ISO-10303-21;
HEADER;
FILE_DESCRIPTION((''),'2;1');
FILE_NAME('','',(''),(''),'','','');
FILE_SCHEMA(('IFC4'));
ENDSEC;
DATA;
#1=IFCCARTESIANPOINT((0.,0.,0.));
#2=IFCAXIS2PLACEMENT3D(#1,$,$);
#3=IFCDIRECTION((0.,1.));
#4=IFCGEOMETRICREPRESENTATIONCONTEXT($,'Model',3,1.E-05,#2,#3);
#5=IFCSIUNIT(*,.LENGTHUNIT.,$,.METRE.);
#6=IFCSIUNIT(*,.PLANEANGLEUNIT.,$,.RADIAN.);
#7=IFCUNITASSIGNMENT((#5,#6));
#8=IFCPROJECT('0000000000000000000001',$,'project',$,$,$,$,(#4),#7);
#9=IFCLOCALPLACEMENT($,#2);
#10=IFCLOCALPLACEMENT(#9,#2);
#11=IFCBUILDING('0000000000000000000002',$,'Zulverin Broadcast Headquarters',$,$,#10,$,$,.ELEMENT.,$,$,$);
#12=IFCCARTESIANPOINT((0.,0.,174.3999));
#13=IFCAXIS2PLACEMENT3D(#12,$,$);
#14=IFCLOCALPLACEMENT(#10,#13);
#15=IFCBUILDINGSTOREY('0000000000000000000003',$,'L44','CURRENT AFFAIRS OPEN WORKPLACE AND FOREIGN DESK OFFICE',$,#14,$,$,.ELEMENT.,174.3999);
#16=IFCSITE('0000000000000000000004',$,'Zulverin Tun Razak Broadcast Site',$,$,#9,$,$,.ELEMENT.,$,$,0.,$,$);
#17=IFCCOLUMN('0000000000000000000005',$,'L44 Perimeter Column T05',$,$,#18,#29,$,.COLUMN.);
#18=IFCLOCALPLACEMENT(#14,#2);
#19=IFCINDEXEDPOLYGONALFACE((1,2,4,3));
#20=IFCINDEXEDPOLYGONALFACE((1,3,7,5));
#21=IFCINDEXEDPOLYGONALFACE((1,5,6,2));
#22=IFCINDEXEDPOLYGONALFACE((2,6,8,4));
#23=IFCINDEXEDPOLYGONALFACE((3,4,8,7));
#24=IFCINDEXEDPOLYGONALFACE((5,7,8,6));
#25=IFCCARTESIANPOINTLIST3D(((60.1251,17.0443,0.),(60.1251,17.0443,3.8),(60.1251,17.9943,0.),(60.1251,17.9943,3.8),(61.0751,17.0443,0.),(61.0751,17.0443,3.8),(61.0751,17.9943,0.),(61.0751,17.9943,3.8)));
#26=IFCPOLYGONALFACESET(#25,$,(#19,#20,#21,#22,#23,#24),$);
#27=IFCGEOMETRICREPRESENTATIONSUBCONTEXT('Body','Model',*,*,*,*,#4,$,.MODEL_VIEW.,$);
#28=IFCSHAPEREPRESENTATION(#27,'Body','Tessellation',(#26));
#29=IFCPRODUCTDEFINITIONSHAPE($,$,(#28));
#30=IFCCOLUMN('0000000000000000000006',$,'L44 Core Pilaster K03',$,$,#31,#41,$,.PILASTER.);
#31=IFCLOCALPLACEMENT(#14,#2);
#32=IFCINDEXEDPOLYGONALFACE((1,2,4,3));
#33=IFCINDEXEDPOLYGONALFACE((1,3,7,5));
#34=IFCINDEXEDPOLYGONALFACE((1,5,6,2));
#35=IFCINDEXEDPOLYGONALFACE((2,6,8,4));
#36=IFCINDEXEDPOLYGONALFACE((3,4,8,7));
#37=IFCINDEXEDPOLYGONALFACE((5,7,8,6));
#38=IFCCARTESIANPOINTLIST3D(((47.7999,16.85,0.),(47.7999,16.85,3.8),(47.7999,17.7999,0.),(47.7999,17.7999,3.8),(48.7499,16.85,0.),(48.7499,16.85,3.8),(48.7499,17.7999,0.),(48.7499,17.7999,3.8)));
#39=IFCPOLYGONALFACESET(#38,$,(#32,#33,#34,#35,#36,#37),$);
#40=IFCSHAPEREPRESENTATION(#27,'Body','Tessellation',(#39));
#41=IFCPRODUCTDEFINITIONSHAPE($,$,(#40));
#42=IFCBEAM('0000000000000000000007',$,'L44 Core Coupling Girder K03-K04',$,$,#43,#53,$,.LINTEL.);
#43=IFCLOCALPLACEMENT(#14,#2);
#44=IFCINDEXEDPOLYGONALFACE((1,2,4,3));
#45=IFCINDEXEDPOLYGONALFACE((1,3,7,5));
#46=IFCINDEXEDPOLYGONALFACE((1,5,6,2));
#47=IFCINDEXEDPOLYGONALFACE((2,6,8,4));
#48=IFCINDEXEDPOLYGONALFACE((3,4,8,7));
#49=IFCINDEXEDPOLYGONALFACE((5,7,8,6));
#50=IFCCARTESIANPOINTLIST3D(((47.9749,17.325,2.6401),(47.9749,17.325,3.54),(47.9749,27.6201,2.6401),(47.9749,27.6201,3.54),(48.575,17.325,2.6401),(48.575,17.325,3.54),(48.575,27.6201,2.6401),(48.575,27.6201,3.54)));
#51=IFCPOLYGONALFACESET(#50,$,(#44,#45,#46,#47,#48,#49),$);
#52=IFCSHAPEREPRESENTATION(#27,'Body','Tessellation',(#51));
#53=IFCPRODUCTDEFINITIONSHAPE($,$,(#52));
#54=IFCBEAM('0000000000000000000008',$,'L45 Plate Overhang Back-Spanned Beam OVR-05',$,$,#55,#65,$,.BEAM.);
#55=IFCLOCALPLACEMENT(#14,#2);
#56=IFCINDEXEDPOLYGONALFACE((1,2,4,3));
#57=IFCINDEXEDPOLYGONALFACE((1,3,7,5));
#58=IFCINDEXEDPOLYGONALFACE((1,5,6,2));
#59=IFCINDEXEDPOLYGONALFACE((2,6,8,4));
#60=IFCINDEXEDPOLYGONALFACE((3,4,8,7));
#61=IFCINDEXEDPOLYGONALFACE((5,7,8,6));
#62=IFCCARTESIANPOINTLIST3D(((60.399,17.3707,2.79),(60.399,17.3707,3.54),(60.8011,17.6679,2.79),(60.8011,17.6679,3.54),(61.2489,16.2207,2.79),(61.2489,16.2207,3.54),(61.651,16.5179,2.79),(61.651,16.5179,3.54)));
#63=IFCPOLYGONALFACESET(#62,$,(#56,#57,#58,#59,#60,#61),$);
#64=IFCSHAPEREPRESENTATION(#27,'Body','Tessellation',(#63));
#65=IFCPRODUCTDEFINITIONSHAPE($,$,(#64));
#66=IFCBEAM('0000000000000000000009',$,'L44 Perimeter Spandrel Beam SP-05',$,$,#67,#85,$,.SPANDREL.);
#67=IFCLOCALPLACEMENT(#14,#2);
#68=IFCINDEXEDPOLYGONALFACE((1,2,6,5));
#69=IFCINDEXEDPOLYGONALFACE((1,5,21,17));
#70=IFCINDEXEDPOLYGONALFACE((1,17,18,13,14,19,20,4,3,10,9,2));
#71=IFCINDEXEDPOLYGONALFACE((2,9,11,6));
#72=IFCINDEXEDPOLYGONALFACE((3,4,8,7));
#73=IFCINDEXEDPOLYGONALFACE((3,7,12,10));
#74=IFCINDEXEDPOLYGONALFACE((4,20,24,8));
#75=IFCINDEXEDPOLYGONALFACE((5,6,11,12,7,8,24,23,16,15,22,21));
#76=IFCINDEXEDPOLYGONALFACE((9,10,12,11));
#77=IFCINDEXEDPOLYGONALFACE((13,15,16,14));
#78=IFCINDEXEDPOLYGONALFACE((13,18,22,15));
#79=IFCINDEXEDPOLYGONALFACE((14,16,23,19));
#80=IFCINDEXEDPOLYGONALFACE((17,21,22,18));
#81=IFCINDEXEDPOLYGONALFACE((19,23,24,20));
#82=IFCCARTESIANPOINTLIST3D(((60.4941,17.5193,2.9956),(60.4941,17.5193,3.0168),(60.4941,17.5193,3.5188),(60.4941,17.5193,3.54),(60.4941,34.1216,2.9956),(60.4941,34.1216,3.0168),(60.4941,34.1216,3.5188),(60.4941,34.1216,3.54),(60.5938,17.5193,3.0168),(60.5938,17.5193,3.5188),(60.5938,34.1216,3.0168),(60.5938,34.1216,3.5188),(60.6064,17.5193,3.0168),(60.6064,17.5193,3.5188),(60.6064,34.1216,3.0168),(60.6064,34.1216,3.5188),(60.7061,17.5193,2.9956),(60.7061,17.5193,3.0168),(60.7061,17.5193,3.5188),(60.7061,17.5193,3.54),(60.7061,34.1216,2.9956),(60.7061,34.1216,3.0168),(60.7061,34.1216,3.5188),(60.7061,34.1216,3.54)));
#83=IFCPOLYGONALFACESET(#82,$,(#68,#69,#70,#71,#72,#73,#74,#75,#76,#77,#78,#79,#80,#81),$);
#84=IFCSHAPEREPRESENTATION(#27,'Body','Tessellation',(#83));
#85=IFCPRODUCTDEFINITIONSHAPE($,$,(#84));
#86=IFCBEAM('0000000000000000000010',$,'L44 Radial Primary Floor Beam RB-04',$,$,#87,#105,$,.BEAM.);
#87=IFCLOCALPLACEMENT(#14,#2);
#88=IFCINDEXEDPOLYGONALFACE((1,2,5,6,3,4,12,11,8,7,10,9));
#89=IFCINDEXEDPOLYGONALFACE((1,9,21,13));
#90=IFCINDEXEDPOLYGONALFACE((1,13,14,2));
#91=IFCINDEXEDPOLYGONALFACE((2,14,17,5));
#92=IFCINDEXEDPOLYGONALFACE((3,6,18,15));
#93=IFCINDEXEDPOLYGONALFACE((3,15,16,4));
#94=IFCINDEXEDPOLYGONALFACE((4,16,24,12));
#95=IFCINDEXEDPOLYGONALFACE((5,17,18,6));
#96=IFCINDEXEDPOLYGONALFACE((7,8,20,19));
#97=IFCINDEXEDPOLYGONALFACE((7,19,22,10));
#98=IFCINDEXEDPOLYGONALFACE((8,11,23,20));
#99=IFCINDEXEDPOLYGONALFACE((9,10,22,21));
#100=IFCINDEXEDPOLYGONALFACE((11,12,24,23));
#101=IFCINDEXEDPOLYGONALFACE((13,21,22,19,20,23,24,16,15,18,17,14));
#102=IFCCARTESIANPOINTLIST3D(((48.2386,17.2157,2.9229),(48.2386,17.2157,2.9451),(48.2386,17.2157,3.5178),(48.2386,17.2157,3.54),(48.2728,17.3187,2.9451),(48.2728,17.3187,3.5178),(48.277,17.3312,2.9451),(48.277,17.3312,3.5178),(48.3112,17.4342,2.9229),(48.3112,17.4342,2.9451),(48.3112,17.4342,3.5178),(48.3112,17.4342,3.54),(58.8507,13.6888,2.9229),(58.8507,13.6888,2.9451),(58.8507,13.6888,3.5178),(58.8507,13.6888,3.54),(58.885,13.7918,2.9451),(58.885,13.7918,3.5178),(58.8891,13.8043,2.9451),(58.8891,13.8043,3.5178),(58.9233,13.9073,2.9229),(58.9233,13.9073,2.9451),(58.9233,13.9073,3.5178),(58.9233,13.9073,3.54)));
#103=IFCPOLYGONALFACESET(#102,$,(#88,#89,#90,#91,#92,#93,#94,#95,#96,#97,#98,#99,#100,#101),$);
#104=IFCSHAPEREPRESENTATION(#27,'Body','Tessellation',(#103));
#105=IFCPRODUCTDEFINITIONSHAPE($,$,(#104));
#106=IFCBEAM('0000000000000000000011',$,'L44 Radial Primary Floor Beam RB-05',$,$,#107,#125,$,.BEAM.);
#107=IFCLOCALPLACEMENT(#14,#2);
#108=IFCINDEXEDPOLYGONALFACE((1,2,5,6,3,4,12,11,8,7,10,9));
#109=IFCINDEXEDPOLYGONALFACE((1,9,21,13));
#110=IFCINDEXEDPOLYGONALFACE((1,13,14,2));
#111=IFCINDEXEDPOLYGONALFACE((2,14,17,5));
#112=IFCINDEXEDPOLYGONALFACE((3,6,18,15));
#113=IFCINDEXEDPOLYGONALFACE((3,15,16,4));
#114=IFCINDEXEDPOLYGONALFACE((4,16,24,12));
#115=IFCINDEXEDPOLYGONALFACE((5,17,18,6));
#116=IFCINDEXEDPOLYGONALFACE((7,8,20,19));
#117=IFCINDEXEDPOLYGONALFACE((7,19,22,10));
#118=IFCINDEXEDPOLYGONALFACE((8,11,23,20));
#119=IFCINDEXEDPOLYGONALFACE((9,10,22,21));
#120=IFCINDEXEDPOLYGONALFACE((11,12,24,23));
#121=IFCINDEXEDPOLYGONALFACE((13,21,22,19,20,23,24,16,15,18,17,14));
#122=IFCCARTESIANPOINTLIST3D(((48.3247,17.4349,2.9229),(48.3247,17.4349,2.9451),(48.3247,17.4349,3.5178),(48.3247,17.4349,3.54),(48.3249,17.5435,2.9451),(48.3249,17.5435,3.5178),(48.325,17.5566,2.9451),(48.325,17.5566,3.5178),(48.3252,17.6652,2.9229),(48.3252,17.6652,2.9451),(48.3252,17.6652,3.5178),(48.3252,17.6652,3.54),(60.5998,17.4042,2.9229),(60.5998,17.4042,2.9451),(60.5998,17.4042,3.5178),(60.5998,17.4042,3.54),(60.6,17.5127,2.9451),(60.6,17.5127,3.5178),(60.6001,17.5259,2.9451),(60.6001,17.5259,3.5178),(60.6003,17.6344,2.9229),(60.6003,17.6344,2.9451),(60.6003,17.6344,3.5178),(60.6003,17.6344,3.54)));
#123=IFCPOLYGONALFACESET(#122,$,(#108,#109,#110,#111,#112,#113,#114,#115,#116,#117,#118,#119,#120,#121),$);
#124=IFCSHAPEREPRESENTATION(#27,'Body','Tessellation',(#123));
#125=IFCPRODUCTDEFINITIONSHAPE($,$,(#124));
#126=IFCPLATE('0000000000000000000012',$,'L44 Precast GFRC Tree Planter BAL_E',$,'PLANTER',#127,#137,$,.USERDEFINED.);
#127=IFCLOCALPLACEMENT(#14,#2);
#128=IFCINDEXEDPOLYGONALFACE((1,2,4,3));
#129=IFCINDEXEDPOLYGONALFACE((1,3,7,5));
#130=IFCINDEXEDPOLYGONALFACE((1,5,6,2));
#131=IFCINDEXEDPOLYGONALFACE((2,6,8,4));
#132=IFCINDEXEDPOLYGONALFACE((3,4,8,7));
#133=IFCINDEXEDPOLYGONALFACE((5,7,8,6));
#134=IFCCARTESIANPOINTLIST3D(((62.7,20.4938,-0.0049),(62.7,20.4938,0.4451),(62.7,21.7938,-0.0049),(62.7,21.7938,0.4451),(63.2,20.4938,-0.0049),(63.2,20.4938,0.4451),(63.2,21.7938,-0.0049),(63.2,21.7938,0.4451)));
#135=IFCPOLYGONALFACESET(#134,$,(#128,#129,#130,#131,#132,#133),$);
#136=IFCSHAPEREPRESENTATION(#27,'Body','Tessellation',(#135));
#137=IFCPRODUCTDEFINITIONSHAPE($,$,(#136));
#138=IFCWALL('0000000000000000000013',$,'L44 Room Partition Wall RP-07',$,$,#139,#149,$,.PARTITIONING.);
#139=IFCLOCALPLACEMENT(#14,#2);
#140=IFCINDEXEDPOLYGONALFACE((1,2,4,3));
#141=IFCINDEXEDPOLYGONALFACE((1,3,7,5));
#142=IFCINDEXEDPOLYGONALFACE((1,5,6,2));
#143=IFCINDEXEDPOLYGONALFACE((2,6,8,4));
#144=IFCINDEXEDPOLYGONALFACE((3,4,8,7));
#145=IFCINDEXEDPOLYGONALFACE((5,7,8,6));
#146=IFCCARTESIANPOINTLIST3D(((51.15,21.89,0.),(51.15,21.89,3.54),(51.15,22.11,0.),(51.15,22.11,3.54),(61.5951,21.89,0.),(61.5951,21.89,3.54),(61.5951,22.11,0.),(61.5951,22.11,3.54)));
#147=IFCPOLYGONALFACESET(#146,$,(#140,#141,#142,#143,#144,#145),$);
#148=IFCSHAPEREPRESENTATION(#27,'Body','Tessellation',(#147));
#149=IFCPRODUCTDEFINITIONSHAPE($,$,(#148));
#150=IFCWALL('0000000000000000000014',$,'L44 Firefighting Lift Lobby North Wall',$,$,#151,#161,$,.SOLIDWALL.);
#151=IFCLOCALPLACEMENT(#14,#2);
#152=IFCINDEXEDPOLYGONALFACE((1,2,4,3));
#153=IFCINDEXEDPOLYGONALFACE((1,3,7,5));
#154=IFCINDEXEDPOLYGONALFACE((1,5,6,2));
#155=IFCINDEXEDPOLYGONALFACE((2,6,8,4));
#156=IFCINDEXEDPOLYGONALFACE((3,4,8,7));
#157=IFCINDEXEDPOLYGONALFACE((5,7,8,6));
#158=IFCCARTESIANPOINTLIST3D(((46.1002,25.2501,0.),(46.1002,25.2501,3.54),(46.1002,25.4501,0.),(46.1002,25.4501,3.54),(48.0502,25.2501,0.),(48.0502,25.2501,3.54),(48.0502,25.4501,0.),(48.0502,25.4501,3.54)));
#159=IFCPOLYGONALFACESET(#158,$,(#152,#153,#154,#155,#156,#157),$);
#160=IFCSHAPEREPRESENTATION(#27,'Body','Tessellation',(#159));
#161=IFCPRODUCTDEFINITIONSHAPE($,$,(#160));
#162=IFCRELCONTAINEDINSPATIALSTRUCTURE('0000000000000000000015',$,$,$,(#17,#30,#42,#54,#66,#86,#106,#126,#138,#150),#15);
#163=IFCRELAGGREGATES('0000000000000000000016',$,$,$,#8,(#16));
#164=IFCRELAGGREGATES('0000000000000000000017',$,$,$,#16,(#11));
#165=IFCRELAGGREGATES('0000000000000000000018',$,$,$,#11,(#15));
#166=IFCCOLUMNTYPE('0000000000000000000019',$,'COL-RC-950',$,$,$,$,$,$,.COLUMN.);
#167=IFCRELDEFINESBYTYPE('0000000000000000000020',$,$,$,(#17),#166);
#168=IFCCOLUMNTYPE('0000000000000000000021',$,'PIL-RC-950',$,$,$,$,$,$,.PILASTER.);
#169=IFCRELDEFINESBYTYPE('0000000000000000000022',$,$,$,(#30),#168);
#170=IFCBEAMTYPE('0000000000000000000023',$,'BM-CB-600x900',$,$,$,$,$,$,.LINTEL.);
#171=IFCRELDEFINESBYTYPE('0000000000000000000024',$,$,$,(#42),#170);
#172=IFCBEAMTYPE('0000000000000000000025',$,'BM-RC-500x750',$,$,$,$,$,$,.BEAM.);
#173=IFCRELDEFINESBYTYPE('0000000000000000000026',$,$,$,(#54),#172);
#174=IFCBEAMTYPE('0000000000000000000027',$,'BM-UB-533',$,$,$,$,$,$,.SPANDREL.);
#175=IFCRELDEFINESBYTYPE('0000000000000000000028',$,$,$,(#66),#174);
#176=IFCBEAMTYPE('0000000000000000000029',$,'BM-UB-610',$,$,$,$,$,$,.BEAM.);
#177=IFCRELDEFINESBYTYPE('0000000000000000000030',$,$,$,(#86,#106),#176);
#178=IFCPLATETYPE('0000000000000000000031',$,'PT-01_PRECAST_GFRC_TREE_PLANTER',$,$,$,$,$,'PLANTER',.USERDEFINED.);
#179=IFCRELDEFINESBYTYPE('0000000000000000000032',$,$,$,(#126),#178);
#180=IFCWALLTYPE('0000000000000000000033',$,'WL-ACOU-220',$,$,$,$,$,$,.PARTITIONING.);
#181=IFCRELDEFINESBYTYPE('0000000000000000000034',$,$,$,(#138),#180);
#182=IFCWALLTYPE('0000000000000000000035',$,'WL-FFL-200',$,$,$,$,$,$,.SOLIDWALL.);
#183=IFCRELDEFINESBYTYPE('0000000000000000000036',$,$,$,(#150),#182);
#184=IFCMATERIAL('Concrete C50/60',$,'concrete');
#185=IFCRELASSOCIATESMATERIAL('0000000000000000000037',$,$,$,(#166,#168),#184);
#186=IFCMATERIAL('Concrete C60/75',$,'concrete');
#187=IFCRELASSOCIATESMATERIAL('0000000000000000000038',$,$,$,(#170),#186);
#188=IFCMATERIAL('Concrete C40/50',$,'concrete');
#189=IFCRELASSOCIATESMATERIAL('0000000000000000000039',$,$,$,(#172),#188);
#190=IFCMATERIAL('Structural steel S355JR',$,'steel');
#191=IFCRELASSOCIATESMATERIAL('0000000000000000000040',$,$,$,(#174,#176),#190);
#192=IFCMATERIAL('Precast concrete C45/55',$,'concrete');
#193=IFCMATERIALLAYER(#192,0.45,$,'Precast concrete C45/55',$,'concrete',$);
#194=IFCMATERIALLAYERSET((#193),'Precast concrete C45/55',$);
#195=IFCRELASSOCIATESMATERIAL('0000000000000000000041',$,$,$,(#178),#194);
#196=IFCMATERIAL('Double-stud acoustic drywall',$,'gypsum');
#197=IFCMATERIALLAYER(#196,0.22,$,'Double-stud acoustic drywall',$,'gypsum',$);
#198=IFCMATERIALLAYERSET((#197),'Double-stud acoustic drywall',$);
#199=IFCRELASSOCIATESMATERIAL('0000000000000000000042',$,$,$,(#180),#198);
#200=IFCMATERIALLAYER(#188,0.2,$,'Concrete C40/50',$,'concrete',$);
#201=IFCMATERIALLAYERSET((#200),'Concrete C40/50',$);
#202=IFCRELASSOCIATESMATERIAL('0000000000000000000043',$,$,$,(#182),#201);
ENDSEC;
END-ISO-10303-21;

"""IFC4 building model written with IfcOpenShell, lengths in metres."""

from ifc_helpers import new_model, si_unit, direction, frame, frame_2d, origin, origin_2d, place, context, subcontext, project, spatial, rectangle, i_section, extrude, material, layer, layer_set, material_profile, profile_set, type_object, element, save


model = new_model("IFC4")

# Units and contexts
model_context = context("Model", 3, precision=1e-05, world=origin(), true_north=direction((0.0, 1.0)))
body_context = subcontext(model_context, "Body", "Model", "MODEL_VIEW")
ifc_project = project(units=[si_unit("LENGTHUNIT", "METRE"), si_unit("PLANEANGLEUNIT", "RADIAN")], contexts=[model_context])

# Site, building, storey
site_placement = place(None, origin())
site = spatial("IfcSite", under=ifc_project, at=site_placement, Name="Zulverin Tun Razak Broadcast Site", CompositionType="ELEMENT", RefElevation=0.0)
building_placement = place(site_placement, origin())
building = spatial("IfcBuilding", under=site, at=building_placement, Name="Zulverin Broadcast Headquarters", CompositionType="ELEMENT")
storey_placement = place(building_placement, frame((0.0, 0.0, 174.3999)))
storey = spatial("IfcBuildingStorey", under=building, at=storey_placement, Name="L44", Description="CURRENT AFFAIRS OPEN WORKPLACE AND FOREIGN DESK OFFICE", CompositionType="ELEMENT", Elevation=174.3999)

# Columns
ifc_material_1 = material(Name="Concrete C50/60", Category="concrete")
ifc_material_profile_1 = material_profile(ifc_material_1, rectangle(XDim=0.95, YDim=0.95, at=origin_2d()), Name="Concrete C50/60", Category="concrete")
ifc_profile_set_1 = profile_set([ifc_material_profile_1], Name="Concrete C50/60")
column_type_1 = type_object("IfcColumnType", Name="COL-RC-950", PredefinedType="COLUMN", material=ifc_profile_set_1)
column_1_placement = place(storey_placement, frame((60.6001, 17.5193, 0.0), z_axis=(0.0, 0.0, 1.0), x_axis=(1.0, 0.0, 0.0)))
element("IfcColumn", 1, at=column_1_placement, inside=storey, type_object=column_type_1, Name="L44 Perimeter Column T05", PredefinedType="COLUMN", context=body_context, shape_type="SweptSolid", body=[
    extrude(rectangle(XDim=0.95, YDim=0.95, at=origin_2d()), origin(), (0.0, 0.0, 1.0), 3.8),
])
ifc_material_profile_2 = material_profile(ifc_material_1, rectangle(XDim=0.95, YDim=0.95, at=origin_2d()), Name="Concrete C50/60", Category="concrete")
ifc_profile_set_2 = profile_set([ifc_material_profile_2], Name="Concrete C50/60")
column_type_2 = type_object("IfcColumnType", Name="PIL-RC-950", PredefinedType="PILASTER", material=ifc_profile_set_2)
column_2_placement = place(storey_placement, frame((48.2749, 17.325, 0.0), z_axis=(0.0, 0.0, 1.0), x_axis=(1.0, 0.0, 0.0)))
element("IfcColumn", 2, at=column_2_placement, inside=storey, type_object=column_type_2, Name="L44 Core Pilaster K03", PredefinedType="PILASTER", context=body_context, shape_type="SweptSolid", body=[
    extrude(rectangle(XDim=0.95, YDim=0.95, at=origin_2d()), origin(), (0.0, 0.0, 1.0), 3.8),
])

# Beams
ifc_material_2 = material(Name="Concrete C60/75", Category="concrete")
ifc_material_profile_3 = material_profile(ifc_material_2, rectangle(XDim=0.6001, YDim=0.8999, at=origin_2d()), Name="Concrete C60/75", Category="concrete")
ifc_profile_set_3 = profile_set([ifc_material_profile_3], Name="Concrete C60/75")
beam_type_1 = type_object("IfcBeamType", Name="BM-CB-600x900", PredefinedType="LINTEL", material=ifc_profile_set_3)
beam_1_placement = place(storey_placement, frame((48.2749, 17.325, 3.0901), z_axis=(0.0, 1.0, 0.0), x_axis=(-1.0, 0.0, 0.0)))
element("IfcBeam", 3, at=beam_1_placement, inside=storey, type_object=beam_type_1, Name="L44 Core Coupling Girder K03-K04", PredefinedType="LINTEL", context=body_context, shape_type="SweptSolid", body=[
    extrude(rectangle(XDim=0.6001, YDim=0.8999, at=origin_2d()), origin(), (0.0, 0.0, 1.0), 10.2952),
])
ifc_material_3 = material(Name="Concrete C40/50", Category="concrete")
ifc_material_profile_4 = material_profile(ifc_material_3, rectangle(XDim=0.5, YDim=0.75, at=origin_2d()), Name="Concrete C40/50", Category="concrete")
ifc_profile_set_4 = profile_set([ifc_material_profile_4], Name="Concrete C40/50")
beam_type_2 = type_object("IfcBeamType", Name="BM-RC-500x750", PredefinedType="BEAM", material=ifc_profile_set_4)
beam_2_placement = place(storey_placement, frame((60.6001, 17.5193, 3.165), z_axis=(0.594357, -0.804201, 0.0), x_axis=(0.804201, 0.594357, 0.0)))
element("IfcBeam", 4, at=beam_2_placement, inside=storey, type_object=beam_type_2, Name="L45 Plate Overhang Back-Spanned Beam OVR-05", PredefinedType="BEAM", context=body_context, shape_type="SweptSolid", body=[
    extrude(rectangle(XDim=0.5, YDim=0.75, at=origin_2d()), origin(), (0.0, 0.0, 1.0), 1.4299),
])
ifc_material_4 = material(Name="Structural steel S355JR", Category="steel")
ifc_material_profile_5 = material_profile(ifc_material_4, i_section(OverallWidth=0.2119, OverallDepth=0.5444, WebThickness=0.0127, FlangeThickness=0.0212, at=origin_2d()), Name="Structural steel S355JR", Category="steel")
ifc_profile_set_5 = profile_set([ifc_material_profile_5], Name="Structural steel S355JR")
beam_type_3 = type_object("IfcBeamType", Name="BM-UB-533", PredefinedType="SPANDREL", material=ifc_profile_set_5)
beam_3_placement = place(storey_placement, frame((60.6001, 17.5193, 3.2678), z_axis=(0.0, 1.0, 0.0), x_axis=(-1.0, 0.0, 0.0)))
element("IfcBeam", 5, at=beam_3_placement, inside=storey, type_object=beam_type_3, Name="L44 Perimeter Spandrel Beam SP-05", PredefinedType="SPANDREL", context=body_context, shape_type="SweptSolid", body=[
    extrude(i_section(OverallWidth=0.2119, OverallDepth=0.5444, WebThickness=0.0127, FlangeThickness=0.0212, at=origin_2d()), origin(), (0.0, 0.0, 1.0), 16.6023),
])
ifc_material_profile_6 = material_profile(ifc_material_4, i_section(OverallWidth=0.2302, OverallDepth=0.6172, WebThickness=0.0132, FlangeThickness=0.0222, at=origin_2d()), Name="Structural steel S355JR", Category="steel")
ifc_profile_set_6 = profile_set([ifc_material_profile_6], Name="Structural steel S355JR")
beam_type_4 = type_object("IfcBeamType", Name="BM-UB-610", PredefinedType="BEAM", material=ifc_profile_set_6)
beam_4_placement = place(storey_placement, frame((48.2749, 17.325, 3.2314), z_axis=(0.948965, -0.315383, 0.0), x_axis=(0.315383, 0.948965, 0.0)))
element("IfcBeam", 6, at=beam_4_placement, inside=storey, type_object=beam_type_4, Name="L44 Radial Primary Floor Beam RB-04", PredefinedType="BEAM", context=body_context, shape_type="SweptSolid", body=[
    extrude(i_section(OverallWidth=0.2302, OverallDepth=0.6172, WebThickness=0.0132, FlangeThickness=0.0222, at=origin_2d()), origin(), (0.0, 0.0, 1.0), 11.1829),
])
beam_5_placement = place(storey_placement, frame((48.325, 17.55, 3.2314), z_axis=(0.999997, -0.002506, 0.0), x_axis=(0.002506, 0.999997, 0.0)))
element("IfcBeam", 7, at=beam_5_placement, inside=storey, type_object=beam_type_4, Name="L44 Radial Primary Floor Beam RB-05", PredefinedType="BEAM", context=body_context, shape_type="SweptSolid", body=[
    extrude(i_section(OverallWidth=0.2302, OverallDepth=0.6172, WebThickness=0.0132, FlangeThickness=0.0222, at=origin_2d()), origin(), (0.0, 0.0, 1.0), 12.2751),
])

# Plate
ifc_material_5 = material(Name="Precast concrete C45/55", Category="concrete")
ifc_layer_1 = layer(ifc_material_5, 0.45, Name="Precast concrete C45/55", Category="concrete")
ifc_layer_set_1 = layer_set([ifc_layer_1], Name="Precast concrete C45/55")
plate_type = type_object("IfcPlateType", Name="PT-01_PRECAST_GFRC_TREE_PLANTER", ElementType="PLANTER", PredefinedType="USERDEFINED", material=ifc_layer_set_1)
plate_placement = place(storey_placement, frame((62.95, 21.1438, -0.0049), z_axis=(0.0, 0.0, 1.0), x_axis=(0.0, 1.0, 0.0)))
element("IfcPlate", 8, at=plate_placement, inside=storey, type_object=plate_type, Name="L44 Precast GFRC Tree Planter BAL_E", ObjectType="PLANTER", PredefinedType="USERDEFINED", context=body_context, shape_type="SweptSolid", body=[
    extrude(rectangle(XDim=1.3, YDim=0.5, at=origin_2d()), origin(), (0.0, 0.0, 1.0), 0.45),
])

# Wall
ifc_material_6 = material(Name="Double-stud acoustic drywall", Category="gypsum")
ifc_layer_2 = layer(ifc_material_6, 0.22, Name="Double-stud acoustic drywall", Category="gypsum")
ifc_layer_set_2 = layer_set([ifc_layer_2], Name="Double-stud acoustic drywall")
wall_type_1 = type_object("IfcWallType", Name="WL-ACOU-220", PredefinedType="PARTITIONING", material=ifc_layer_set_2)
wall_1_placement = place(storey_placement, frame((51.1499, 22.0, 0.0), z_axis=(0.0, 0.0, 1.0), x_axis=(1.0, 0.0, 0.0)))
element("IfcWall", 9, at=wall_1_placement, inside=storey, type_object=wall_type_1, Name="L44 Room Partition Wall RP-07", PredefinedType="PARTITIONING", context=body_context, shape_type="SweptSolid", body=[
    extrude(rectangle(XDim=10.4451, YDim=0.22, at=frame_2d((5.2227, 0.0))), origin(), (0.0, 0.0, 1.0), 3.54),
])

# Wall
ifc_layer_3 = layer(ifc_material_3, 0.2, Name="Concrete C40/50", Category="concrete")
ifc_layer_set_3 = layer_set([ifc_layer_3], Name="Concrete C40/50")
wall_type_2 = type_object("IfcWallType", Name="WL-FFL-200", PredefinedType="SOLIDWALL", material=ifc_layer_set_3)
wall_2_placement = place(storey_placement, frame((46.1001, 25.3501, 0.0), z_axis=(0.0, 0.0, 1.0), x_axis=(1.0, 0.0, 0.0)))
element("IfcWall", 10, at=wall_2_placement, inside=storey, type_object=wall_type_2, Name="L44 Firefighting Lift Lobby North Wall", PredefinedType="SOLIDWALL", context=body_context, shape_type="SweptSolid", body=[
    extrude(rectangle(XDim=1.95, YDim=0.2, at=frame_2d((0.9751, 0.0))), origin(), (0.0, 0.0, 1.0), 3.54),
])

save(model, "model.ifc")
